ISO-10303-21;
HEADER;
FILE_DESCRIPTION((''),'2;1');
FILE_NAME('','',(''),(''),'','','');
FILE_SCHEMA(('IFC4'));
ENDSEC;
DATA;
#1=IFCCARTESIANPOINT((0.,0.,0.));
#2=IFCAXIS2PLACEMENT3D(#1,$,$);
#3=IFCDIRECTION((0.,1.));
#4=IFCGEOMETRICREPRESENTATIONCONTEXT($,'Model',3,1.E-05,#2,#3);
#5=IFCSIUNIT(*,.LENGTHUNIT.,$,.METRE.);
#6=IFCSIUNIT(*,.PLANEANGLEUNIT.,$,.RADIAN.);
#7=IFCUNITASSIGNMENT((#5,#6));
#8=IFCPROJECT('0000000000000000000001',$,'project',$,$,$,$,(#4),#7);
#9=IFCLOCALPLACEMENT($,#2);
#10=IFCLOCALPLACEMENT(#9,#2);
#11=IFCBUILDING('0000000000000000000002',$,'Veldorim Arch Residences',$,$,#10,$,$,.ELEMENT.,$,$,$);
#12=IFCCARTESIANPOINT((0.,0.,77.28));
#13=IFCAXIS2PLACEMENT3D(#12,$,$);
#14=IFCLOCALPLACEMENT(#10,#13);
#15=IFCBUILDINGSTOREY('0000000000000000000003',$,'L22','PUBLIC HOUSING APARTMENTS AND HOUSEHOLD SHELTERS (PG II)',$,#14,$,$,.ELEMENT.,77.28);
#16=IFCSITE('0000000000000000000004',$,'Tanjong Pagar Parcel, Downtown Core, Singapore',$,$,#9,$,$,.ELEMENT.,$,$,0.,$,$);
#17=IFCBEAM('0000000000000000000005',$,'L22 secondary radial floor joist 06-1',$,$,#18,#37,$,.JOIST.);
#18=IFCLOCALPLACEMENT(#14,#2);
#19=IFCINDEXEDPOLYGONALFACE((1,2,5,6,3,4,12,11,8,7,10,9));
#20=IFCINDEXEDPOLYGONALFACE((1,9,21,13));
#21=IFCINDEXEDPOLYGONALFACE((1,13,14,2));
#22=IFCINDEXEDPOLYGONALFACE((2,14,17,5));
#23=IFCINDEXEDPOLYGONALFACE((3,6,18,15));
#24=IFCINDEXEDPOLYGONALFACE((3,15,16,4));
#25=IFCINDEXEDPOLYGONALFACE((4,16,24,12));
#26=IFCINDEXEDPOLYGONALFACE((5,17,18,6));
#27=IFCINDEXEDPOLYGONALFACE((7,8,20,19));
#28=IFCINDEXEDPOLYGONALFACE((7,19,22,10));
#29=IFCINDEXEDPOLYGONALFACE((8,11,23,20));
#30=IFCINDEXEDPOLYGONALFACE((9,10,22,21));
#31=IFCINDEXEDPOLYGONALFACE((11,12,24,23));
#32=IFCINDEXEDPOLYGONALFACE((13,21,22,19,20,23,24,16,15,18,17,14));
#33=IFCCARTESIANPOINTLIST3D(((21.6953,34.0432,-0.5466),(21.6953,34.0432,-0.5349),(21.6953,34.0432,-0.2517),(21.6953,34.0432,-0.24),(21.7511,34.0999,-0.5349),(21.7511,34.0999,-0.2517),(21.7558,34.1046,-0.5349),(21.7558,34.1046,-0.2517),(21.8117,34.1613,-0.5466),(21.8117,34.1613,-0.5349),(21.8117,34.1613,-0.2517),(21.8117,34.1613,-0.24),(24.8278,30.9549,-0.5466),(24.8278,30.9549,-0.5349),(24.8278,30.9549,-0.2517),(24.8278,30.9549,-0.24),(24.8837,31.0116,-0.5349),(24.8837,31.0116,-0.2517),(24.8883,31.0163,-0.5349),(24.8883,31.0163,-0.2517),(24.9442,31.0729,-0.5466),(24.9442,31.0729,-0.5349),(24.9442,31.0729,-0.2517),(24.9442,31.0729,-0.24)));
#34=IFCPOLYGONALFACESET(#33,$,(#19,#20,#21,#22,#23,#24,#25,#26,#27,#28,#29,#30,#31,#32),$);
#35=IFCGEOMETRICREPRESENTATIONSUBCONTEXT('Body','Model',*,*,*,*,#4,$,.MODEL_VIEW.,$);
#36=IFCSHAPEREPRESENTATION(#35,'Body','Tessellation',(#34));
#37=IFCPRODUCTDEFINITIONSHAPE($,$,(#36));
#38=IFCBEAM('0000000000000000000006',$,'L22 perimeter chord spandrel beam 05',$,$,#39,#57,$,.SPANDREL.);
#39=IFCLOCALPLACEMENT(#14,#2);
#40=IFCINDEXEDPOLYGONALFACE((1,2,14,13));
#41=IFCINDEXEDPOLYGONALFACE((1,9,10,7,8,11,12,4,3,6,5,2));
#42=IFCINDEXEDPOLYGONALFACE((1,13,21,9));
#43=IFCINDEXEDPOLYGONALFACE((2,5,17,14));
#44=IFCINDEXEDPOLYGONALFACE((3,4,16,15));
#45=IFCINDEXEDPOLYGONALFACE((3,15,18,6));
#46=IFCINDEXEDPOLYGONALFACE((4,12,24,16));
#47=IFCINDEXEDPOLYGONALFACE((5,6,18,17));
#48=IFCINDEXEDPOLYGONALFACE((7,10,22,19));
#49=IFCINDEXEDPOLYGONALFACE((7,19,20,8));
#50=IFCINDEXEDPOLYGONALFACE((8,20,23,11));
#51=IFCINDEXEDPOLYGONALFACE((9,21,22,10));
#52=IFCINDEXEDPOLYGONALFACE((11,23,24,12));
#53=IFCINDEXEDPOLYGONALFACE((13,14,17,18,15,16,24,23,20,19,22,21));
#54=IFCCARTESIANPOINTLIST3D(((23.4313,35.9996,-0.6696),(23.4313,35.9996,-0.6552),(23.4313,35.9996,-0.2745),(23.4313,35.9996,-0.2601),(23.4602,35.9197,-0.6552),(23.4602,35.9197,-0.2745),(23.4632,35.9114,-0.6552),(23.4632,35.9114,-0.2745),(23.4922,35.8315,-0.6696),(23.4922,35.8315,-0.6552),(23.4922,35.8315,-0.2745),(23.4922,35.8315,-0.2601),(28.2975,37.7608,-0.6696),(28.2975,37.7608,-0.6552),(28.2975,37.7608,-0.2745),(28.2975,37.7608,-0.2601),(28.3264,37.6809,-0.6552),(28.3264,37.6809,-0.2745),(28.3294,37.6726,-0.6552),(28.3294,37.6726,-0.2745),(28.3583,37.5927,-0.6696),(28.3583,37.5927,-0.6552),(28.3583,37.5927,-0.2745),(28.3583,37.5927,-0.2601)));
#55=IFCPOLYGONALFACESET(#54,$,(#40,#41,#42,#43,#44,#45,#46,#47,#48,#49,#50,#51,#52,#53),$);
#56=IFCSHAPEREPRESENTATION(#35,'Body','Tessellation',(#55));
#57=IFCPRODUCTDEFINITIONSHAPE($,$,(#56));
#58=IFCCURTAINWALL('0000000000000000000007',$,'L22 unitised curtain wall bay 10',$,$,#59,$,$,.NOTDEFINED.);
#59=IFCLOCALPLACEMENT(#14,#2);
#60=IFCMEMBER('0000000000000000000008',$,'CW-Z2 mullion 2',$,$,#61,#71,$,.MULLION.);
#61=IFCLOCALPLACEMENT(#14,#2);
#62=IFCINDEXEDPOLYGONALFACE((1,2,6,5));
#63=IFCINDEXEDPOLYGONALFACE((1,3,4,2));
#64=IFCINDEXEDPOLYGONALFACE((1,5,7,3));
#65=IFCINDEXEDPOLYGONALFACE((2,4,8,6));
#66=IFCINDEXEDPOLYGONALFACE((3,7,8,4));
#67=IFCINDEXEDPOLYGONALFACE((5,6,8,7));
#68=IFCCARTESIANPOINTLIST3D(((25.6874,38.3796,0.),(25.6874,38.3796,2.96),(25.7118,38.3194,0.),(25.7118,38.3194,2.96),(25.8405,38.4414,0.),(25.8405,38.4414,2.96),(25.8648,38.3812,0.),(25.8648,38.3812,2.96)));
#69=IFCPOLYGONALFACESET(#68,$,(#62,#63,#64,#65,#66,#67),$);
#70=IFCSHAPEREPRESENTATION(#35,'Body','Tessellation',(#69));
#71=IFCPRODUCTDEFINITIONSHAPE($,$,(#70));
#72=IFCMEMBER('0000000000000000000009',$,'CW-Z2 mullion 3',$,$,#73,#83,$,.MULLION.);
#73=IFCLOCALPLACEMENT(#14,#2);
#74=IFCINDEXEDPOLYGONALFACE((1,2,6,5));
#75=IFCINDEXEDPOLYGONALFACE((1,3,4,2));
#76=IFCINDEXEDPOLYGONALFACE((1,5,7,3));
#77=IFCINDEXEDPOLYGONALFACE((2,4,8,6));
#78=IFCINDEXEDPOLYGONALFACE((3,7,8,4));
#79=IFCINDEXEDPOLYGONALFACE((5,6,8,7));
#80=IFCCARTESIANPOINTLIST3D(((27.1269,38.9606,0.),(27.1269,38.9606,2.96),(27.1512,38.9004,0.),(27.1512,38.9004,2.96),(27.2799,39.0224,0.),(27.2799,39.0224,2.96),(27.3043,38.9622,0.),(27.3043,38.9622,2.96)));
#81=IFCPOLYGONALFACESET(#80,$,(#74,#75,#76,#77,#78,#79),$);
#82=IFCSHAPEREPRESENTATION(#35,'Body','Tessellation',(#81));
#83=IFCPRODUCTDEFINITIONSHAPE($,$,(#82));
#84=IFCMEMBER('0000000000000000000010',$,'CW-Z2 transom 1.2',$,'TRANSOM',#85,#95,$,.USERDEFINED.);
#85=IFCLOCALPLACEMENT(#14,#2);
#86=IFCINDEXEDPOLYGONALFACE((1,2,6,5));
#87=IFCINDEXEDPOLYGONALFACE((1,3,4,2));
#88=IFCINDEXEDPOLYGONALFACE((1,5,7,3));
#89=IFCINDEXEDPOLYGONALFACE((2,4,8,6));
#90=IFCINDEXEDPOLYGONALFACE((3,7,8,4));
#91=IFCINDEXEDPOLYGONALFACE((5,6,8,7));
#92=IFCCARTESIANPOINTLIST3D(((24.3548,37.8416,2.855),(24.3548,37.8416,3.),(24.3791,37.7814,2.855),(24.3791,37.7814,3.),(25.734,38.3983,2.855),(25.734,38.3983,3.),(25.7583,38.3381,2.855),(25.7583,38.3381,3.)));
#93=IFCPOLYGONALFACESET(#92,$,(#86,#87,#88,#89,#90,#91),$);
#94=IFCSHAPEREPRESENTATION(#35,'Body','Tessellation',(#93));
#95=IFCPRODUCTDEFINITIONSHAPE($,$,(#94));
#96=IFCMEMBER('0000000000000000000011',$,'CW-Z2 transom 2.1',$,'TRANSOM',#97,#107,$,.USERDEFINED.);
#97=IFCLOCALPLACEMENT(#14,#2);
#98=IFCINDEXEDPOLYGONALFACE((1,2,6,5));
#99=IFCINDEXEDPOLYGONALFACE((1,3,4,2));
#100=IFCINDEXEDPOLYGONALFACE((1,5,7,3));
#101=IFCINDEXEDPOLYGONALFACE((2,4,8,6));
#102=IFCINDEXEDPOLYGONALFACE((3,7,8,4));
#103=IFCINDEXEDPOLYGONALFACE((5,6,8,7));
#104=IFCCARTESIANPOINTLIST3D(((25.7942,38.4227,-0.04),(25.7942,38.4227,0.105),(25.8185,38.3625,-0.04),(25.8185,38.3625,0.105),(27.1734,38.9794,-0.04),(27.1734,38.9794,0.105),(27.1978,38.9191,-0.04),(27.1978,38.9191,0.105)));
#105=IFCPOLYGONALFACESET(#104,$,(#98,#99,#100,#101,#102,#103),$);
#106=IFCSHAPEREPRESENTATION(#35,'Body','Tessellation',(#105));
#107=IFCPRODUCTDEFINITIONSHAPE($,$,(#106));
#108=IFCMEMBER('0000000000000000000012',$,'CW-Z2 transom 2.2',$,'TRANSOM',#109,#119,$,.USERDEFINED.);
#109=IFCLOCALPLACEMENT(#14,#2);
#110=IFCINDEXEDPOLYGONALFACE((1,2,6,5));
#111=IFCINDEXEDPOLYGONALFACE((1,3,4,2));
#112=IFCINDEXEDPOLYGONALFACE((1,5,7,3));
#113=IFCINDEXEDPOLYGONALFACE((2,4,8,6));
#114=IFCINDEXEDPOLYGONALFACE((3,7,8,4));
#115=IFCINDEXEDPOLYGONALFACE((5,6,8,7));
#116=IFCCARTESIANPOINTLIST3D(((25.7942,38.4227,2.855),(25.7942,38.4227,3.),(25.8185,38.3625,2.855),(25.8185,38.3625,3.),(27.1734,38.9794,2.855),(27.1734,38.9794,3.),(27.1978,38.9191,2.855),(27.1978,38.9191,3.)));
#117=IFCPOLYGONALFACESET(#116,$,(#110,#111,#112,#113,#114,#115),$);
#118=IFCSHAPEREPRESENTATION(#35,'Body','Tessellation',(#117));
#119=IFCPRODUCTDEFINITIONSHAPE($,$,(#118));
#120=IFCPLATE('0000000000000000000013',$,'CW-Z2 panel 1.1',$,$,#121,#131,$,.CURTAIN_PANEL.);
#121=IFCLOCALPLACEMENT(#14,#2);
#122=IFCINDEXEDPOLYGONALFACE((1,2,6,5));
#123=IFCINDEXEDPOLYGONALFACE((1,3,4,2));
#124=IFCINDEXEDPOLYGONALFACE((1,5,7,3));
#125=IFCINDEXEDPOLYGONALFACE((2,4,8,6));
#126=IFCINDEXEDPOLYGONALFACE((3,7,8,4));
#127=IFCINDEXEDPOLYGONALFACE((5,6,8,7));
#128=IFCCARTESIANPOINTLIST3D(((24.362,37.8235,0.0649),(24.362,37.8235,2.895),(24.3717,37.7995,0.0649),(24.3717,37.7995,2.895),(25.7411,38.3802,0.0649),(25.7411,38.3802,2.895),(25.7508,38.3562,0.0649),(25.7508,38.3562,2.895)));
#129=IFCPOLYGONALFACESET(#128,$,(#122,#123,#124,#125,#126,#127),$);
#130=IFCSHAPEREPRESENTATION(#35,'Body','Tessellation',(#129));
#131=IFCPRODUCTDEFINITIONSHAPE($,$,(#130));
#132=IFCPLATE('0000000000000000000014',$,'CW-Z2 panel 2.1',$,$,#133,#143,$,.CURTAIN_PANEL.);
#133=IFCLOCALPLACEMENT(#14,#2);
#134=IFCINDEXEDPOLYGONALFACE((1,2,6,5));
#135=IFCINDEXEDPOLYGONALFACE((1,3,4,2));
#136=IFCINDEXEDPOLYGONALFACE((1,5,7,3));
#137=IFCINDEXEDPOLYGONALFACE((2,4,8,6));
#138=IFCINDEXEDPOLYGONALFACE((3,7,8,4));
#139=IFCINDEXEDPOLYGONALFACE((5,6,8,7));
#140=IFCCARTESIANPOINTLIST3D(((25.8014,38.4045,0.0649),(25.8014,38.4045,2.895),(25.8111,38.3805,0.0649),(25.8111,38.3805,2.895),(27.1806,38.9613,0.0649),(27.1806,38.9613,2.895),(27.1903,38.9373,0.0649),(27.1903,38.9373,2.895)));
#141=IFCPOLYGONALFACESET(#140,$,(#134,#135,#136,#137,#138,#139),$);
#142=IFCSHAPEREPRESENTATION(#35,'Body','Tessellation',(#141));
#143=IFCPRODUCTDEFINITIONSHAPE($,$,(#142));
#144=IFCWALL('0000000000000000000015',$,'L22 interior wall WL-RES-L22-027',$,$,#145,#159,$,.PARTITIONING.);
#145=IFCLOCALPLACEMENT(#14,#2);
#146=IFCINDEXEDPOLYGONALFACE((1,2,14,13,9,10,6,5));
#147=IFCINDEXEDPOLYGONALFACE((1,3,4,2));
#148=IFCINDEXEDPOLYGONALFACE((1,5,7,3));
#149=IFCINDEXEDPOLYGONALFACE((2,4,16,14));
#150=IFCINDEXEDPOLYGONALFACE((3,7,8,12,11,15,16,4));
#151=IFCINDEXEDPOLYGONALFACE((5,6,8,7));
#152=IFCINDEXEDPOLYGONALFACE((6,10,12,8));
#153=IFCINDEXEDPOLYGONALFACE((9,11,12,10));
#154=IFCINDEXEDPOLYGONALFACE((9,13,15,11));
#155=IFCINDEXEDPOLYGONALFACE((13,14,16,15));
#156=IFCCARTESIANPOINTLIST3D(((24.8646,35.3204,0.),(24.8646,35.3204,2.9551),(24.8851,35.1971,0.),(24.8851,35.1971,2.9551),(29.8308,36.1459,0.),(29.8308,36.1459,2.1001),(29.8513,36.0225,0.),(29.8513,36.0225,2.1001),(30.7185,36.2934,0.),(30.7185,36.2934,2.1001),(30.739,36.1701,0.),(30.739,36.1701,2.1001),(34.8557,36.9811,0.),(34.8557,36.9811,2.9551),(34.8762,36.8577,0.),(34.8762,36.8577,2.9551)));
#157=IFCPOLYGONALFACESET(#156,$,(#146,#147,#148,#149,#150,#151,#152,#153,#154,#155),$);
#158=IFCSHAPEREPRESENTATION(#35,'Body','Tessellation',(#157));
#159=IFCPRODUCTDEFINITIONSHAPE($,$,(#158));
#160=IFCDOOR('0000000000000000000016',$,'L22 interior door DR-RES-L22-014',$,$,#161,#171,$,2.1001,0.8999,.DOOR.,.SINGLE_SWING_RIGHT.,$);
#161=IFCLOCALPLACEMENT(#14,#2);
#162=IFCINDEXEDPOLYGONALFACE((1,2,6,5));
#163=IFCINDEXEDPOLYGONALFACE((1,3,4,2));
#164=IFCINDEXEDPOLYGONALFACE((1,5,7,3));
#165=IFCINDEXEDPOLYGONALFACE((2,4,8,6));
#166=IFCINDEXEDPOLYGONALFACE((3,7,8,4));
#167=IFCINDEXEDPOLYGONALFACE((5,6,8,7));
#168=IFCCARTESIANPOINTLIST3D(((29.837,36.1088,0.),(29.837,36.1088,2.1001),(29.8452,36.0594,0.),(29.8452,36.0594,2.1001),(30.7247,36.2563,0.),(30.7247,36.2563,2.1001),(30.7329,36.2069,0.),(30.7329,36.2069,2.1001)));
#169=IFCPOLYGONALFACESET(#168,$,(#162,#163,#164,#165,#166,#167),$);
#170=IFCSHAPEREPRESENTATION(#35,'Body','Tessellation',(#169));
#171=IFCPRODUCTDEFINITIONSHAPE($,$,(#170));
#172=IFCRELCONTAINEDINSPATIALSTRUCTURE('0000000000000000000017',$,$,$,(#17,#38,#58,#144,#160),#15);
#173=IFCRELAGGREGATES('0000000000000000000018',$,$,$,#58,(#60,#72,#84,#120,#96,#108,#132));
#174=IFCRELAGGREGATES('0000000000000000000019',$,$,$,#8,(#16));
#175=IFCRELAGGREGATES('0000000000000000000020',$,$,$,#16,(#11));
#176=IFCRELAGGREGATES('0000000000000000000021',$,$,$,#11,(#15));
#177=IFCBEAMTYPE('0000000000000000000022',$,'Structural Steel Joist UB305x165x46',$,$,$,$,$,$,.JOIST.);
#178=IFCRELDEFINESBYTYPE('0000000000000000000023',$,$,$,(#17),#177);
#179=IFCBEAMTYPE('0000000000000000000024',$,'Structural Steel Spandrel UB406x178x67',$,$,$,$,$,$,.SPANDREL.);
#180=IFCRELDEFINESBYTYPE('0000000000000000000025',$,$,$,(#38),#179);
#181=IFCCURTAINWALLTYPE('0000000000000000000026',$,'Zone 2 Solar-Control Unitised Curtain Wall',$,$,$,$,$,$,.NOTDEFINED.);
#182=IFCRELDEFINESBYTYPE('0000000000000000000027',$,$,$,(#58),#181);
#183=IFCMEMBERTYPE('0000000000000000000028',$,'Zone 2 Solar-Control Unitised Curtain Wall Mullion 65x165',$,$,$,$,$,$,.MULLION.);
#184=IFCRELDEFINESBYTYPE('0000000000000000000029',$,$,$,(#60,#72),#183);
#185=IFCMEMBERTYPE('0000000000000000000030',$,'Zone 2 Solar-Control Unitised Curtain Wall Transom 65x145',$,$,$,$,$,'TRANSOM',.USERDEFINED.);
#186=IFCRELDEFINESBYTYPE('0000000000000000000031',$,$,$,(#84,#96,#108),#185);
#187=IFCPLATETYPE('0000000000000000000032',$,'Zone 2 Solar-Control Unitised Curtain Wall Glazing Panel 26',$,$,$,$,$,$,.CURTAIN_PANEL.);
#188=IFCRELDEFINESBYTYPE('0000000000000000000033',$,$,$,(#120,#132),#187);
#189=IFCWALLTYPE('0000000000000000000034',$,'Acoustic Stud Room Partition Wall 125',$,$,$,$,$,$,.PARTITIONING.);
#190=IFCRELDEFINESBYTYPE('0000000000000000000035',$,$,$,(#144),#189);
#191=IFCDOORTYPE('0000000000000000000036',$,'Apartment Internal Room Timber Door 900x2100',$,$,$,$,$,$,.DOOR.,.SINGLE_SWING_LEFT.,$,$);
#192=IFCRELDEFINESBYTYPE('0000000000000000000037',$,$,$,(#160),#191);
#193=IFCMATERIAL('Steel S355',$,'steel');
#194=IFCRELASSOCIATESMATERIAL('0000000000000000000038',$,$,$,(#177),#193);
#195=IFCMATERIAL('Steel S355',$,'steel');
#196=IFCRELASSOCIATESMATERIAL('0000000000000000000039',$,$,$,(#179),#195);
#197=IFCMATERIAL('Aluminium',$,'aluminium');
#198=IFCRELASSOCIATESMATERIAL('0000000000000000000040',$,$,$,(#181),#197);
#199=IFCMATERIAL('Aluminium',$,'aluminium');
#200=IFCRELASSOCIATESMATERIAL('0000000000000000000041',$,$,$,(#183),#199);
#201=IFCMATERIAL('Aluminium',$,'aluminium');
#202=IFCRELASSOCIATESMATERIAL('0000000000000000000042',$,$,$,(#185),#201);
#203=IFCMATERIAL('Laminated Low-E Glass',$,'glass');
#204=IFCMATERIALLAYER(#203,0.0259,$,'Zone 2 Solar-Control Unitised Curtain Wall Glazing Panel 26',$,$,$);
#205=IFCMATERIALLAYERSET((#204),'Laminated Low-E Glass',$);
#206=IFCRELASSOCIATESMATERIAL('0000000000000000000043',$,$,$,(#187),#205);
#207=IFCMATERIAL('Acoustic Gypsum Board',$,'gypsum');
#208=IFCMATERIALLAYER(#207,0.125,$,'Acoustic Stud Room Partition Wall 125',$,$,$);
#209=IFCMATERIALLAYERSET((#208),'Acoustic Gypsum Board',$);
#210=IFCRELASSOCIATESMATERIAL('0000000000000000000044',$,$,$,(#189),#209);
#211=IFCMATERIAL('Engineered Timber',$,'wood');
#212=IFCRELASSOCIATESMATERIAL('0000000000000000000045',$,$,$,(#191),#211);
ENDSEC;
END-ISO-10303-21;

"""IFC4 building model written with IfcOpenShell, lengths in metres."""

from ifc_helpers import new_model, si_unit, direction, frame, frame_2d, origin, origin_2d, place, context, subcontext, project, spatial, rectangle, i_section, extrude, material, layer, layer_set, material_profile, profile_set, type_object, element, fill, aggregate, save


model = new_model("IFC4")

# Units and contexts
model_context = context("Model", 3, precision=1e-05, world=origin(), true_north=direction((0.0, 1.0)))
body_context = subcontext(model_context, "Body", "Model", "MODEL_VIEW")
ifc_project = project(units=[si_unit("LENGTHUNIT", "METRE"), si_unit("PLANEANGLEUNIT", "RADIAN")], contexts=[model_context])

# Site, building, storey
site_placement = place(None, origin())
site = spatial("IfcSite", under=ifc_project, at=site_placement, Name="Tanjong Pagar Parcel, Downtown Core, Singapore", CompositionType="ELEMENT", RefElevation=0.0)
building_placement = place(site_placement, origin())
building = spatial("IfcBuilding", under=site, at=building_placement, Name="Veldorim Arch Residences", CompositionType="ELEMENT")
storey_placement = place(building_placement, frame((0.0, 0.0, 77.28)))
storey = spatial("IfcBuildingStorey", under=building, at=storey_placement, Name="L22", Description="PUBLIC HOUSING APARTMENTS AND HOUSEHOLD SHELTERS (PG II)", CompositionType="ELEMENT", Elevation=77.28)

# Beams
ifc_material_1 = material(Name="Steel S355", Category="steel")
ifc_material_profile_1 = material_profile(ifc_material_1, i_section(OverallWidth=0.1658, OverallDepth=0.3066, WebThickness=0.0066, FlangeThickness=0.0117, at=origin_2d()), Name="UB305x165x46")
ifc_profile_set_1 = profile_set([ifc_material_profile_1], Name="Steel S355")
beam_type_1 = type_object("IfcBeamType", Name="Structural Steel Joist UB305x165x46", PredefinedType="JOIST", material=ifc_profile_set_1)
beam_1_placement = place(storey_placement, frame((24.886, 31.0139, -0.3933), z_axis=(-0.712112, 0.702066, 0.0), x_axis=(-0.702066, -0.712112, 0.0)))
element("IfcBeam", 1, at=beam_1_placement, inside=storey, type_object=beam_type_1, Name="L22 secondary radial floor joist 06-1", PredefinedType="JOIST", context=body_context, shape_type="SweptSolid", body=[
    extrude(i_section(OverallWidth=0.1658, OverallDepth=0.3066, WebThickness=0.0066, FlangeThickness=0.0117, at=origin_2d()), origin(), (0.0, 0.0, 1.0), 4.3989),
])
ifc_material_2 = material(Name="Steel S355", Category="steel")
ifc_material_profile_2 = material_profile(ifc_material_2, i_section(OverallWidth=0.1787, OverallDepth=0.4094, WebThickness=0.0088, FlangeThickness=0.0144, at=origin_2d()), Name="UB406x178x67")
ifc_profile_set_2 = profile_set([ifc_material_profile_2], Name="Steel S355")
beam_type_2 = type_object("IfcBeamType", Name="Structural Steel Spandrel UB406x178x67", PredefinedType="SPANDREL", material=ifc_profile_set_2)
beam_2_placement = place(storey_placement, frame((28.3279, 37.6768, -0.4648), z_axis=(-0.940308, -0.340326, 0.0), x_axis=(0.340326, -0.940308, 0.0)))
element("IfcBeam", 2, at=beam_2_placement, inside=storey, type_object=beam_type_2, Name="L22 perimeter chord spandrel beam 05", PredefinedType="SPANDREL", context=body_context, shape_type="SweptSolid", body=[
    extrude(i_section(OverallWidth=0.1787, OverallDepth=0.4094, WebThickness=0.0088, FlangeThickness=0.0144, at=origin_2d()), origin(), (0.0, 0.0, 1.0), 5.175),
])

# Curtain wall, members, plates
ifc_material_3 = material(Name="Aluminium", Category="aluminium")
curtain_wall_type = type_object("IfcCurtainWallType", Name="Zone 2 Solar-Control Unitised Curtain Wall", PredefinedType="NOTDEFINED", material=ifc_material_3)
curtain_wall_placement = place(storey_placement, origin())
curtain_wall = element("IfcCurtainWall", 3, at=curtain_wall_placement, inside=storey, type_object=curtain_wall_type, Name="L22 unitised curtain wall bay 10", PredefinedType="NOTDEFINED")
ifc_material_4 = material(Name="Aluminium", Category="aluminium")
ifc_material_profile_3 = material_profile(ifc_material_4, rectangle(XDim=0.0649, YDim=0.165, at=origin_2d()), Name="ALU_MUL_65x165")
ifc_profile_set_3 = profile_set([ifc_material_profile_3], Name="Aluminium")
member_type_1 = type_object("IfcMemberType", Name="Zone 2 Solar-Control Unitised Curtain Wall Mullion 65x165", PredefinedType="MULLION", material=ifc_profile_set_3)
member_1_placement = place(storey_placement, frame((25.7761, 38.3804, 0.0), z_axis=(0.0, 0.0, 1.0), x_axis=(-0.374353, 0.927286, 0.0)))
member_1 = element("IfcMember", 4, at=member_1_placement, type_object=member_type_1, Name="CW-Z2 mullion 2", PredefinedType="MULLION", context=body_context, shape_type="SweptSolid", body=[
    extrude(rectangle(XDim=0.0649, YDim=0.165, at=origin_2d()), origin(), (0.0, 0.0, 1.0), 2.96),
])
member_2_placement = place(storey_placement, frame((27.2156, 38.9614, 0.0), z_axis=(0.0, 0.0, 1.0), x_axis=(-0.374353, 0.927286, 0.0)))
member_2 = element("IfcMember", 5, at=member_2_placement, type_object=member_type_1, Name="CW-Z2 mullion 3", PredefinedType="MULLION", context=body_context, shape_type="SweptSolid", body=[
    extrude(rectangle(XDim=0.0649, YDim=0.165, at=origin_2d()), origin(), (0.0, 0.0, 1.0), 2.96),
])
ifc_material_5 = material(Name="Aluminium", Category="aluminium")
ifc_material_profile_4 = material_profile(ifc_material_5, rectangle(XDim=0.0649, YDim=0.145, at=origin_2d()), Name="ALU_TRN_65x145")
ifc_profile_set_4 = profile_set([ifc_material_profile_4], Name="Aluminium")
member_type_2 = type_object("IfcMemberType", Name="Zone 2 Solar-Control Unitised Curtain Wall Transom 65x145", ElementType="TRANSOM", PredefinedType="USERDEFINED", material=ifc_profile_set_4)
member_3_placement = place(storey_placement, frame((24.3669, 37.8115, 2.9275), z_axis=(0.927317, 0.374276, 0.0), x_axis=(-0.374276, 0.927317, 0.0)))
member_3 = element("IfcMember", 6, at=member_3_placement, type_object=member_type_2, Name="CW-Z2 transom 1.2", ObjectType="TRANSOM", PredefinedType="USERDEFINED", context=body_context, shape_type="SweptSolid", body=[
    extrude(rectangle(XDim=0.0649, YDim=0.145, at=origin_2d()), origin(), (0.0, 0.0, 1.0), 1.4873),
])
member_4_placement = place(storey_placement, frame((25.8064, 38.3926, 0.0325), z_axis=(0.927317, 0.374276, 0.0), x_axis=(-0.374276, 0.927317, 0.0)))
member_4 = element("IfcMember", 7, at=member_4_placement, type_object=member_type_2, Name="CW-Z2 transom 2.1", ObjectType="TRANSOM", PredefinedType="USERDEFINED", context=body_context, shape_type="SweptSolid", body=[
    extrude(rectangle(XDim=0.0649, YDim=0.145, at=origin_2d()), origin(), (0.0, 0.0, 1.0), 1.4873),
])
member_5_placement = place(storey_placement, frame((25.8064, 38.3926, 2.9275), z_axis=(0.927317, 0.374276, 0.0), x_axis=(-0.374276, 0.927317, 0.0)))
member_5 = element("IfcMember", 8, at=member_5_placement, type_object=member_type_2, Name="CW-Z2 transom 2.2", ObjectType="TRANSOM", PredefinedType="USERDEFINED", context=body_context, shape_type="SweptSolid", body=[
    extrude(rectangle(XDim=0.0649, YDim=0.145, at=origin_2d()), origin(), (0.0, 0.0, 1.0), 1.4873),
])
ifc_material_6 = material(Name="Laminated Low-E Glass", Category="glass")
ifc_layer_1 = layer(ifc_material_6, 0.0259, Name="Zone 2 Solar-Control Unitised Curtain Wall Glazing Panel 26")
ifc_layer_set_1 = layer_set([ifc_layer_1], Name="Laminated Low-E Glass")
plate_type = type_object("IfcPlateType", Name="Zone 2 Solar-Control Unitised Curtain Wall Glazing Panel 26", PredefinedType="CURTAIN_PANEL", material=ifc_layer_set_1)
plate_1_placement = place(storey_placement, frame((25.0564, 38.0898, 0.0649), z_axis=(0.0, 0.0, 1.0), x_axis=(0.927286, 0.374353, 0.0)))
plate_1 = element("IfcPlate", 9, at=plate_1_placement, type_object=plate_type, Name="CW-Z2 panel 1.1", PredefinedType="CURTAIN_PANEL", context=body_context, shape_type="SweptSolid", body=[
    extrude(rectangle(XDim=1.4873, YDim=0.0259, at=origin_2d()), origin(), (0.0, 0.0, 1.0), 2.8301),
])
plate_2_placement = place(storey_placement, frame((26.4958, 38.6709, 0.0649), z_axis=(0.0, 0.0, 1.0), x_axis=(0.927286, 0.374353, 0.0)))
plate_2 = element("IfcPlate", 10, at=plate_2_placement, type_object=plate_type, Name="CW-Z2 panel 2.1", PredefinedType="CURTAIN_PANEL", context=body_context, shape_type="SweptSolid", body=[
    extrude(rectangle(XDim=1.4873, YDim=0.0259, at=origin_2d()), origin(), (0.0, 0.0, 1.0), 2.8301),
])
aggregate(curtain_wall, [member_1, member_2, member_3, plate_1, member_4, member_5, plate_2])

# Wall, opening, door
ifc_material_7 = material(Name="Acoustic Gypsum Board", Category="gypsum")
ifc_layer_2 = layer(ifc_material_7, 0.125, Name="Acoustic Stud Room Partition Wall 125")
ifc_layer_set_2 = layer_set([ifc_layer_2], Name="Acoustic Gypsum Board")
wall_type_1 = type_object("IfcWallType", Name="Acoustic Stud Room Partition Wall 125", PredefinedType="PARTITIONING", material=ifc_layer_set_2)
wall_1_placement = place(storey_placement, frame((24.875, 35.2588, 0.0), z_axis=(0.0, 0.0, 1.0), x_axis=(0.986467, 0.163961, 0.0)))
wall_1 = element("IfcWall", 11, at=wall_1_placement, inside=storey, type_object=wall_type_1, Name="L22 interior wall WL-RES-L22-027", PredefinedType="PARTITIONING", context=body_context, shape_type="SweptSolid", body=[
    extrude(rectangle(XDim=10.1282, YDim=0.125, at=frame_2d((5.064, 0.0))), origin(), (0.0, 0.0, 1.0), 2.9551),
])
opening_1_placement = place(wall_1_placement, frame((5.0342, 0.0, 0.0)))
opening_1 = element("IfcOpeningElement", 12, at=opening_1_placement, cuts=wall_1, PredefinedType="OPENING", context=body_context, shape_type="SweptSolid", body=[
    extrude(rectangle(XDim=0.8999, YDim=2.1001, at=frame_2d((0.45, 1.05))), frame((0.0, 0.0725, 0.0), z_axis=(0.0, -1.0, 0.0), x_axis=(1.0, 0.0, 0.0)), (0.0, 0.0, 1.0), 0.145),
])
ifc_material_8 = material(Name="Engineered Timber", Category="wood")
door_type_1 = type_object("IfcDoorType", Name="Apartment Internal Room Timber Door 900x2100", OperationType="SINGLE_SWING_LEFT", PredefinedType="DOOR", material=ifc_material_8)
door_1_placement = place(opening_1_placement, origin())
door_1 = element("IfcDoor", 13, at=door_1_placement, inside=storey, type_object=door_type_1, Name="L22 interior door DR-RES-L22-014", OperationType="SINGLE_SWING_RIGHT", OverallHeight=2.1001, OverallWidth=0.8999, PredefinedType="DOOR", context=body_context, shape_type="SweptSolid", body=[
    extrude(rectangle(XDim=0.8999, YDim=2.1001, at=frame_2d((0.45, 1.05))), frame((0.0, 0.0249, 0.0), z_axis=(0.0, -1.0, 0.0), x_axis=(1.0, 0.0, 0.0)), (0.0, 0.0, 1.0), 0.05),
])
fill(opening_1, door_1)

save(model, "model.ifc")
